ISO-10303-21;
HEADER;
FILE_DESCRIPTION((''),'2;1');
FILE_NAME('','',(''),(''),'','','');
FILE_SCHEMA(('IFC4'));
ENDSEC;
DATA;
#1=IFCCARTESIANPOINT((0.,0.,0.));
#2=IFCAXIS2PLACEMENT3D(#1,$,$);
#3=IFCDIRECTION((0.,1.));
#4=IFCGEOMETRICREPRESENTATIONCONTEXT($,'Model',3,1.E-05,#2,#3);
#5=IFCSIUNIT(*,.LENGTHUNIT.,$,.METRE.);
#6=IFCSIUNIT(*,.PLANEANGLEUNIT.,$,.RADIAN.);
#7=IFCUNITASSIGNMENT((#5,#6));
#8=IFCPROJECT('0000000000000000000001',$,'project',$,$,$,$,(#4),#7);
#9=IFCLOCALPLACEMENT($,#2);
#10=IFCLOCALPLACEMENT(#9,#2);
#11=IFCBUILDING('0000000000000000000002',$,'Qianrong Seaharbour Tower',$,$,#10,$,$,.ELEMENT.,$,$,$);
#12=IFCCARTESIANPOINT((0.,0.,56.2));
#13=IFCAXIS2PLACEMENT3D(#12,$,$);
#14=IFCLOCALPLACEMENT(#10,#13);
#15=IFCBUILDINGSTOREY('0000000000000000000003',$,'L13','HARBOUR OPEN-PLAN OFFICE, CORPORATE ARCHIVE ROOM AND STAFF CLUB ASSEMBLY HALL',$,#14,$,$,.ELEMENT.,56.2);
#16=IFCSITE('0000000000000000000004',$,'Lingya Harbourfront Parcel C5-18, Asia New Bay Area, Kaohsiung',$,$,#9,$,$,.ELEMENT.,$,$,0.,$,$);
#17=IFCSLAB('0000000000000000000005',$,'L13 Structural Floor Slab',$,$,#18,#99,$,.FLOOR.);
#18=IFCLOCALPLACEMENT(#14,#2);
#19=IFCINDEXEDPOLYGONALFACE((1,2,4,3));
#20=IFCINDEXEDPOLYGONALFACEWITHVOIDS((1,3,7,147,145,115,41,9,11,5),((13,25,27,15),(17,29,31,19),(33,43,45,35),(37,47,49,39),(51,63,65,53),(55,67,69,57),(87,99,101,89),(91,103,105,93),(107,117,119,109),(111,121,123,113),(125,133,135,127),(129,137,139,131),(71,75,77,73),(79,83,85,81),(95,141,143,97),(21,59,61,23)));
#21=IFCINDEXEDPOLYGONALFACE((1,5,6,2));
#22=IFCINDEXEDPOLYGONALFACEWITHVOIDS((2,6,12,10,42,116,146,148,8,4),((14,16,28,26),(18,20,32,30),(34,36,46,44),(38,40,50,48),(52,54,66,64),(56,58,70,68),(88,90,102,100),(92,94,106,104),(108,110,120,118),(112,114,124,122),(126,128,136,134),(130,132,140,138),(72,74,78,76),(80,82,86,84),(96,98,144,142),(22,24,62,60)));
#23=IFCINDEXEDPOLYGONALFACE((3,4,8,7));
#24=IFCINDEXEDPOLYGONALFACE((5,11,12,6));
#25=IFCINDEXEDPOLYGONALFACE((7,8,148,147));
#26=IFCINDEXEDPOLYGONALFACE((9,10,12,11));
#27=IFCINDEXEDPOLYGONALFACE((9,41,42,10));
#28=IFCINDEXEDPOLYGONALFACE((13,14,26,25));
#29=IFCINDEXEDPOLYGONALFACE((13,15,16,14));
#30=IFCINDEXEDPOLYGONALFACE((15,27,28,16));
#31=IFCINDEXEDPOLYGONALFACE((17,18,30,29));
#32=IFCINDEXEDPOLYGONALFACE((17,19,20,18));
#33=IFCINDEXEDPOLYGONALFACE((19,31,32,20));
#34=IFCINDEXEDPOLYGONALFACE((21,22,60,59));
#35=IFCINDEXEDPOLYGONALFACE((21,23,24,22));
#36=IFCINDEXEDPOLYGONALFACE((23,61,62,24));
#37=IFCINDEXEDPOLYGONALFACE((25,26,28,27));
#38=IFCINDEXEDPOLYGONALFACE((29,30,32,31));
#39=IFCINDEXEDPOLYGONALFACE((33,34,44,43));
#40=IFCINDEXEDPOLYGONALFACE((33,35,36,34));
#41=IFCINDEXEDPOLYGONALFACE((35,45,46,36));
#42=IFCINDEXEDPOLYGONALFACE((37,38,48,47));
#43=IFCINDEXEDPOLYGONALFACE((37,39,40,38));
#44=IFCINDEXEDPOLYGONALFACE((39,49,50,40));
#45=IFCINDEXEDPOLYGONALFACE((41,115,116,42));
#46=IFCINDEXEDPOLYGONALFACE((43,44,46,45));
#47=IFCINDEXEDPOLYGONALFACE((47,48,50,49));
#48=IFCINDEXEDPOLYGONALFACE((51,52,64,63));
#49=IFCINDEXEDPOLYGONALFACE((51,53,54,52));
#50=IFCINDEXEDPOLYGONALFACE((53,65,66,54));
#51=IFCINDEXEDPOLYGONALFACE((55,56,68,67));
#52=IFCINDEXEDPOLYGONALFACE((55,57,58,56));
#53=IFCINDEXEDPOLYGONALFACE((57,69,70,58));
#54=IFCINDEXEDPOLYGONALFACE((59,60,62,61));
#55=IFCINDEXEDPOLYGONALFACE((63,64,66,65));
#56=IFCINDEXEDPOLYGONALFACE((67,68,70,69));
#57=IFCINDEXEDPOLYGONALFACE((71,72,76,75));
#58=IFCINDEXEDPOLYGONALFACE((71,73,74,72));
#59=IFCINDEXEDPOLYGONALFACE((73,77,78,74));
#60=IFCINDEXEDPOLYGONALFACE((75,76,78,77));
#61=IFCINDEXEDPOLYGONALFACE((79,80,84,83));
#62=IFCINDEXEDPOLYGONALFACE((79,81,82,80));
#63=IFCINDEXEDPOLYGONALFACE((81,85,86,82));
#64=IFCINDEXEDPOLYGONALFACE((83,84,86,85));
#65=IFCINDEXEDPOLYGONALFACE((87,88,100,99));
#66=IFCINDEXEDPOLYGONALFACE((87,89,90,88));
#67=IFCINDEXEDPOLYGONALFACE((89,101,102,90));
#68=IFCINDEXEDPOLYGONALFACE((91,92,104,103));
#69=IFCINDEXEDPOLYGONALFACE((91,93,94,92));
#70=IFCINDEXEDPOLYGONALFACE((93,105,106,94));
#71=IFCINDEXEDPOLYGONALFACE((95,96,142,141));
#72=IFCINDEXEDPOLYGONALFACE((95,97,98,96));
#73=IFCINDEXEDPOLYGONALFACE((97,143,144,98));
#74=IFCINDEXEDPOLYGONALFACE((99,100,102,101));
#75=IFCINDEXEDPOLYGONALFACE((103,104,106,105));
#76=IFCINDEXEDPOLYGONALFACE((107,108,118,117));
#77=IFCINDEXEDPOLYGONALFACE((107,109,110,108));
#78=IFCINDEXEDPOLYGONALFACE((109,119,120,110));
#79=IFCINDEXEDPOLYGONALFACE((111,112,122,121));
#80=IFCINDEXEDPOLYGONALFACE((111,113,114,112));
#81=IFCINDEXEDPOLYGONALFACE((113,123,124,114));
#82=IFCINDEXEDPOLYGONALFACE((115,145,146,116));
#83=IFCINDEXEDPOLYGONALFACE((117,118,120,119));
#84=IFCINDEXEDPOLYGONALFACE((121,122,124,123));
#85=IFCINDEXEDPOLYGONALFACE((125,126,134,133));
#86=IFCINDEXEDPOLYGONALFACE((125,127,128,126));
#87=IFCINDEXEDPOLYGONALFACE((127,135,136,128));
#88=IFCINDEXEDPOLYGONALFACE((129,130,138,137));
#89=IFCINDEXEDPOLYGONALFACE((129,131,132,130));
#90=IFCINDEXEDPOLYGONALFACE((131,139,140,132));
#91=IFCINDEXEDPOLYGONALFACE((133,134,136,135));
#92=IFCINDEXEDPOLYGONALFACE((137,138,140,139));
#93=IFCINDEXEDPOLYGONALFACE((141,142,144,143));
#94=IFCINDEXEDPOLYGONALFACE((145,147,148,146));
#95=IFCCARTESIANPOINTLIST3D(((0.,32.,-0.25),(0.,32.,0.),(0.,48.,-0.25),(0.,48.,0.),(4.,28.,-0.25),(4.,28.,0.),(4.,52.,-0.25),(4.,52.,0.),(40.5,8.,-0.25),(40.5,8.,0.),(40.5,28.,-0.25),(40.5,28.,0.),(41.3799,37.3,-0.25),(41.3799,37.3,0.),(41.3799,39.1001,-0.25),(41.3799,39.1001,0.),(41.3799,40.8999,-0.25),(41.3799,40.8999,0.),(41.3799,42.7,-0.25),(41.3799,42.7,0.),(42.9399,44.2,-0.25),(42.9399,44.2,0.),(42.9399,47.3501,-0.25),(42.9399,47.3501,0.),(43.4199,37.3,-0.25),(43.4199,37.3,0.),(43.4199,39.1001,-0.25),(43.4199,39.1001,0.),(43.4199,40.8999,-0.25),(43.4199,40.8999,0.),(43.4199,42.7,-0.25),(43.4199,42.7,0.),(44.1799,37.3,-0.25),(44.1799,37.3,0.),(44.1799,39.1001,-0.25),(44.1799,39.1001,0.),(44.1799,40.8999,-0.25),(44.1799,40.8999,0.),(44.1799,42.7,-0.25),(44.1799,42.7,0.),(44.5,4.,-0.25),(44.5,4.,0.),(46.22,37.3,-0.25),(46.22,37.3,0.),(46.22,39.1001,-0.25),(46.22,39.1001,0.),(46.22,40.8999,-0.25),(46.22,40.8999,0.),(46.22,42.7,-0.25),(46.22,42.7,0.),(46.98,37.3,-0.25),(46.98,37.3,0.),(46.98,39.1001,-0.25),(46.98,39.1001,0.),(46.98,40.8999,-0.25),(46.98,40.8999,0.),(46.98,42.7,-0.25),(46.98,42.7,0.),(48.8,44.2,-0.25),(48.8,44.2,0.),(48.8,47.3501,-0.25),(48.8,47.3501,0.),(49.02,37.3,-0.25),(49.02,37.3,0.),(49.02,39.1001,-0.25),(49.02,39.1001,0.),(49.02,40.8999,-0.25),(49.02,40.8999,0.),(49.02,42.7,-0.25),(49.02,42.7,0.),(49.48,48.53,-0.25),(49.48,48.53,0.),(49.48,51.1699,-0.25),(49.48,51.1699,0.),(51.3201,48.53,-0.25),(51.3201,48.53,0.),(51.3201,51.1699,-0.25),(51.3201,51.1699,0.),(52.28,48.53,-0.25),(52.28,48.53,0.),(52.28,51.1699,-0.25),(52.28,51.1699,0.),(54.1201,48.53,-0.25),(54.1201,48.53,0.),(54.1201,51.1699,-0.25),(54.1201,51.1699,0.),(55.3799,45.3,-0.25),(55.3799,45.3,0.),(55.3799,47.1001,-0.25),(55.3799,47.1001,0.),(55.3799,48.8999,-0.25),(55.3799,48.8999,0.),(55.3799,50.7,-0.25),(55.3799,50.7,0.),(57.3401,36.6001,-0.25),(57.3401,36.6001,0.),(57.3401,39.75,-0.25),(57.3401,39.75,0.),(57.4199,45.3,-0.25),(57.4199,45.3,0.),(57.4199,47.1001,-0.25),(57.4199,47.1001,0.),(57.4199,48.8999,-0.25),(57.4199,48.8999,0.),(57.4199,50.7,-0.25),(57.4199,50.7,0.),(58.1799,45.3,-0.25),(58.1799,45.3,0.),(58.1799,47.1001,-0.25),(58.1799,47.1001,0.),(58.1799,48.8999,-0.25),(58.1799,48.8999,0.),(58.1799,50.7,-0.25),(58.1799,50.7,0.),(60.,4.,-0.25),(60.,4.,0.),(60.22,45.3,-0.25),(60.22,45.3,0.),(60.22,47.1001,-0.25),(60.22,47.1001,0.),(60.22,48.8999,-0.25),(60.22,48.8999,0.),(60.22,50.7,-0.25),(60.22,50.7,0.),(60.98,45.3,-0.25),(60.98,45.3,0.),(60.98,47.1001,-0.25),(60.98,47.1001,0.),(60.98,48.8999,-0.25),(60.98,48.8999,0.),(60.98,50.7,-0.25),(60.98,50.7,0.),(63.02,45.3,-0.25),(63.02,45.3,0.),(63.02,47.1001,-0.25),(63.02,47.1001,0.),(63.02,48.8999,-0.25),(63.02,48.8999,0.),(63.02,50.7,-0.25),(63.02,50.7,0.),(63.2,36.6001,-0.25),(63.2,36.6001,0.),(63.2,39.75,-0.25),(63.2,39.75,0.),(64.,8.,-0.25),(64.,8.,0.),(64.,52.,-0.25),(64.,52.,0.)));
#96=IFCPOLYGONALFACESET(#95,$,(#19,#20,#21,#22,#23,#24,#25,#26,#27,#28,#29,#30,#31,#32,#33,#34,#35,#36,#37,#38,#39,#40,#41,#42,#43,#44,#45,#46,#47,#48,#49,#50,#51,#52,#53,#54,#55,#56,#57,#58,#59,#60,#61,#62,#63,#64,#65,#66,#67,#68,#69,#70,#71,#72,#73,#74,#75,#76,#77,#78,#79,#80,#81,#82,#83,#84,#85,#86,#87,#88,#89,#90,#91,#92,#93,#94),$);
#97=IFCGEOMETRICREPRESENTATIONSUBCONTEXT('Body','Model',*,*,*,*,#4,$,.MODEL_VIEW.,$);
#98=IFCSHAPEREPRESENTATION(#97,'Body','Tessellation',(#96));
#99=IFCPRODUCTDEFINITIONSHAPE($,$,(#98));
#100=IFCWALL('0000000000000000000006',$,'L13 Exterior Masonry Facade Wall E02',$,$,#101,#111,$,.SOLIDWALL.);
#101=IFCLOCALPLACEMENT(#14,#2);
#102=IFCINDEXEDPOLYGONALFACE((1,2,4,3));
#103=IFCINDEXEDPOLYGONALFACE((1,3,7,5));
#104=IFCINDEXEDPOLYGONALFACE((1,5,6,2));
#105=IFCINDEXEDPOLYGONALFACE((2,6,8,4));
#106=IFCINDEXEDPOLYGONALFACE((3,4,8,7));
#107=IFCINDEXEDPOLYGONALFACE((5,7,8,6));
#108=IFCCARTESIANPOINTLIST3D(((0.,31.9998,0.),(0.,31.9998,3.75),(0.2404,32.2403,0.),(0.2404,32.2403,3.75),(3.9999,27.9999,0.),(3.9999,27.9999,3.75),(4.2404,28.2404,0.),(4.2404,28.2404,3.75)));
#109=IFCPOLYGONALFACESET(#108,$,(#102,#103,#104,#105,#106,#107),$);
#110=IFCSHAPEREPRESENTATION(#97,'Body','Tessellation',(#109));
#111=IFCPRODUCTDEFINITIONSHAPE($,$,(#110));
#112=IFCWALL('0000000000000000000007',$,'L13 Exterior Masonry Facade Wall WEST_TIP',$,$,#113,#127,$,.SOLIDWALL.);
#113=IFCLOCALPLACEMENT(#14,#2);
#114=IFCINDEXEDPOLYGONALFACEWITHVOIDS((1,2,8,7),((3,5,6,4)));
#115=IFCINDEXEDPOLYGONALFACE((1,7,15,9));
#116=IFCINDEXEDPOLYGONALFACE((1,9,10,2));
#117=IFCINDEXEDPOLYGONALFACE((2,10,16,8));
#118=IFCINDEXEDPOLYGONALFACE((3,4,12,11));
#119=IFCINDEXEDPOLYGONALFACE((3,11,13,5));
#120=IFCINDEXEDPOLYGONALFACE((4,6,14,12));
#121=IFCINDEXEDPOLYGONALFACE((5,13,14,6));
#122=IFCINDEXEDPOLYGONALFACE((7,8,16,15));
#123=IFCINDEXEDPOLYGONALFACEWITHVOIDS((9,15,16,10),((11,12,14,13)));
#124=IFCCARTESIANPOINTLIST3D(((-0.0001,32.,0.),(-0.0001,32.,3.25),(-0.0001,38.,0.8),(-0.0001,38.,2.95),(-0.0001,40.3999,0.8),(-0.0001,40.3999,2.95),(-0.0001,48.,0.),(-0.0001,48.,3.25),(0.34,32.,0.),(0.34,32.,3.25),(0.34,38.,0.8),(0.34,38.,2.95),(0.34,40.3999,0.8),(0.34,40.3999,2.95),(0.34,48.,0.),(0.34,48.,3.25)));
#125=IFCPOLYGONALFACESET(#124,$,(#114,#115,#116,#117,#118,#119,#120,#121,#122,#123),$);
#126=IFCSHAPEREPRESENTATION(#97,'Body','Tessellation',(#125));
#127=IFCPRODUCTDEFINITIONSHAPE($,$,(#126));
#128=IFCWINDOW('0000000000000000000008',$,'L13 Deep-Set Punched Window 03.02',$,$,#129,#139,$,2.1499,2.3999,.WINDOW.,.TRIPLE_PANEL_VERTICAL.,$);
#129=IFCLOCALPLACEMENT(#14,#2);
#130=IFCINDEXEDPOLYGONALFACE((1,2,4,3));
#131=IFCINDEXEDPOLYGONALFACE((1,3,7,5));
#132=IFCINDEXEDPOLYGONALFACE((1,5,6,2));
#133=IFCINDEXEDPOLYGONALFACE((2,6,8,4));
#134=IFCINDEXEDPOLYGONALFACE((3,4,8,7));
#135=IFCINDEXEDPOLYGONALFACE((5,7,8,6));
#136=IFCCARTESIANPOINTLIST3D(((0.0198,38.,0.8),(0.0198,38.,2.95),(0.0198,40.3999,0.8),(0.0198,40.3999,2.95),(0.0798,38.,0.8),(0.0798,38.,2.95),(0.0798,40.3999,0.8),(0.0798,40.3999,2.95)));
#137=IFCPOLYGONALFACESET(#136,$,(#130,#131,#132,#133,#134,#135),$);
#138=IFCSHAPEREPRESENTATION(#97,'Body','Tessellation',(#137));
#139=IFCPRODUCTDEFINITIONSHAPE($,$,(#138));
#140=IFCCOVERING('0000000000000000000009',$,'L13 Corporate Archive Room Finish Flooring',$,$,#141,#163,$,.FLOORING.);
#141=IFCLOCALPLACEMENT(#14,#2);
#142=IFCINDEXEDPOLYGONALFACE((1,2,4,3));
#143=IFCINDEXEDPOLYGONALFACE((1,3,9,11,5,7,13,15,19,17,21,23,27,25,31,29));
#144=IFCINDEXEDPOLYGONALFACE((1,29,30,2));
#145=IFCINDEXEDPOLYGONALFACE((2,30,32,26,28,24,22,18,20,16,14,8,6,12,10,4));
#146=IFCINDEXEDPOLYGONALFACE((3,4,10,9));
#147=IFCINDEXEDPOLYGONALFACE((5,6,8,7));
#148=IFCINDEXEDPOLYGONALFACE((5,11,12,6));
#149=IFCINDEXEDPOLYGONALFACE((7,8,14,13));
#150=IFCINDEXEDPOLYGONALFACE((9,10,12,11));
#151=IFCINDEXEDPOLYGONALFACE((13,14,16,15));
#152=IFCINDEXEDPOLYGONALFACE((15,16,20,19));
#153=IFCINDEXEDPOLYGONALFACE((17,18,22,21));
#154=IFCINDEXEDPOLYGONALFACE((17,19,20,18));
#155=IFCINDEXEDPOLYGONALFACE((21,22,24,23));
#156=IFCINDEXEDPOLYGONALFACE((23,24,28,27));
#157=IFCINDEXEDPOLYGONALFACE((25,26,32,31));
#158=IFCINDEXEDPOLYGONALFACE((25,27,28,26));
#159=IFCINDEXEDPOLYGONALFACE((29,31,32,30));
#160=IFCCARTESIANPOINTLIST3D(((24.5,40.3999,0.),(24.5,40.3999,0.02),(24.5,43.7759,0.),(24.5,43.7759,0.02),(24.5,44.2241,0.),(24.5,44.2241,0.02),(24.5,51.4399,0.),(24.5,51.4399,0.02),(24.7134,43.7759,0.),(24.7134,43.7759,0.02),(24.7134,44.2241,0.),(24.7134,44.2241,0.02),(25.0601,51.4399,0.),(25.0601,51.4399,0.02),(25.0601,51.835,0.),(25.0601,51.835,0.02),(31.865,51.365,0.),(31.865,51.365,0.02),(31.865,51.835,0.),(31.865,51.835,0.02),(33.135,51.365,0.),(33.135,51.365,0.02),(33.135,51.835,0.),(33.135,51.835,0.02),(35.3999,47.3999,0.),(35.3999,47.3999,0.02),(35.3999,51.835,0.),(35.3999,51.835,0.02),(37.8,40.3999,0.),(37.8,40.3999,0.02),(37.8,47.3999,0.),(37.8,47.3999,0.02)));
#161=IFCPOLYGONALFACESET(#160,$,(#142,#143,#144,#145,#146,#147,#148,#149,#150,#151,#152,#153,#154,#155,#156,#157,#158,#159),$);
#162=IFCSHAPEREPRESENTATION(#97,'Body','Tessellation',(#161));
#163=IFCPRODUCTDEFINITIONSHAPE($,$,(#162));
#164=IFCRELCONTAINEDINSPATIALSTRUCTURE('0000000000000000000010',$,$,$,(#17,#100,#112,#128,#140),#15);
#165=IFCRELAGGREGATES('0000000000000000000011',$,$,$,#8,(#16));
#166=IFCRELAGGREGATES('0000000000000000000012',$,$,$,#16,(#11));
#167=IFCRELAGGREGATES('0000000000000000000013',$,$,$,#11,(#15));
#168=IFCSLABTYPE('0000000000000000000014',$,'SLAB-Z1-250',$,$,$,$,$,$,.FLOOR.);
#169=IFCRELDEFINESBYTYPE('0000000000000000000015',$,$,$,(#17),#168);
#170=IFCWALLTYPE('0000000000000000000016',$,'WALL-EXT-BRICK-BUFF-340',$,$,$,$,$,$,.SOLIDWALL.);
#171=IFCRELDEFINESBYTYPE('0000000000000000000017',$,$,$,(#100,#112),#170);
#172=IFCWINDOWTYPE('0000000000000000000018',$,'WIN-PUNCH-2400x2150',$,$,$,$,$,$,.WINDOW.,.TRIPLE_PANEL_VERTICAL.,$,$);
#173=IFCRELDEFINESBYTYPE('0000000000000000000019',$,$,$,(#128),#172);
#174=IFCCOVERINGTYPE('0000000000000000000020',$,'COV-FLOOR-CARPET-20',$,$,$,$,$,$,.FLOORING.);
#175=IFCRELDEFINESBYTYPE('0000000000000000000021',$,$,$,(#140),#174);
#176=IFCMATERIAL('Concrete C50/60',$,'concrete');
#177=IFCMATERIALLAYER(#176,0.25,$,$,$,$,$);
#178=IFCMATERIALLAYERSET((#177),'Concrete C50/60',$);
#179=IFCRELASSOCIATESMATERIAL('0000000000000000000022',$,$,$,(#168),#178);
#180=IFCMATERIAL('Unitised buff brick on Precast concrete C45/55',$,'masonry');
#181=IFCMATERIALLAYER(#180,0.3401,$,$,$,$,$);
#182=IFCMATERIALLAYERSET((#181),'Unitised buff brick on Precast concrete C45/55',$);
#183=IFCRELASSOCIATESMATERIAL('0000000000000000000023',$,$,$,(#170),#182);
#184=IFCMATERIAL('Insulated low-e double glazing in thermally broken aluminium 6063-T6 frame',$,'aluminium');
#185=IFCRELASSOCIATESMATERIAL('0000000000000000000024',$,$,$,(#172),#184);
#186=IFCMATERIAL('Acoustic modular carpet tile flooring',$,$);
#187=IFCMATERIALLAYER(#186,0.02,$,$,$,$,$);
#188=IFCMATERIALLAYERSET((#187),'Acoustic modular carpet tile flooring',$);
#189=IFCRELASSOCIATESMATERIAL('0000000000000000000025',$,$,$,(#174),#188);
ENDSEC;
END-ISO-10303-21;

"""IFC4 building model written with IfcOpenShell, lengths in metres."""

from ifc_helpers import new_model, si_unit, direction, frame, frame_2d, origin, place, context, subcontext, project, spatial, polyline, rectangle, outline, extrude, material, layer, layer_set, type_object, element, fill, save


model = new_model("IFC4")

# Units and contexts
model_context = context("Model", 3, precision=1e-05, world=origin(), true_north=direction((0.0, 1.0)))
body_context = subcontext(model_context, "Body", "Model", "MODEL_VIEW")
ifc_project = project(units=[si_unit("LENGTHUNIT", "METRE"), si_unit("PLANEANGLEUNIT", "RADIAN")], contexts=[model_context])

# Site, building, storey
site_placement = place(None, origin())
site = spatial("IfcSite", under=ifc_project, at=site_placement, Name="Lingya Harbourfront Parcel C5-18, Asia New Bay Area, Kaohsiung", CompositionType="ELEMENT", RefElevation=0.0)
building_placement = place(site_placement, origin())
building = spatial("IfcBuilding", under=site, at=building_placement, Name="Qianrong Seaharbour Tower", CompositionType="ELEMENT")
storey_placement = place(building_placement, frame((0.0, 0.0, 56.2)))
storey = spatial("IfcBuildingStorey", under=building, at=storey_placement, Name="L13", Description="HARBOUR OPEN-PLAN OFFICE, CORPORATE ARCHIVE ROOM AND STAFF CLUB ASSEMBLY HALL", CompositionType="ELEMENT", Elevation=56.2)

# Shared definitions
ifc_material_1 = material(Name="Concrete C50/60", Category="concrete")

# Slab
ifc_layer_1 = layer(ifc_material_1, 0.25)
ifc_layer_set_1 = layer_set([ifc_layer_1], Name="Concrete C50/60")
slab_type_1 = type_object("IfcSlabType", Name="SLAB-Z1-250", PredefinedType="FLOOR", material=ifc_layer_set_1)
slab_1_placement = place(storey_placement, frame((0.0, 0.0, -0.25)))
element("IfcSlab", 1, at=slab_1_placement, inside=storey, type_object=slab_type_1, Name="L13 Structural Floor Slab", PredefinedType="FLOOR", context=body_context, shape_type="SweptSolid", body=[
    extrude(outline(polyline([(44.5, 4.0), (60.0, 4.0), (64.0, 8.0), (64.0, 52.0), (4.0, 52.0), (0.0, 48.0), (0.0, 32.0), (4.0, 28.0), (40.5, 28.0), (40.5, 8.0), (44.5, 4.0)]), holes=[polyline([(42.9399, 44.2), (42.9399, 47.3501), (48.8, 47.3501), (48.8, 44.2), (42.9399, 44.2)]), polyline([(57.3401, 36.6001), (57.3401, 39.75), (63.2, 39.75), (63.2, 36.6001), (57.3401, 36.6001)]), polyline([(49.48, 48.53), (49.48, 51.1699), (51.3201, 51.1699), (51.3201, 48.53), (49.48, 48.53)]), polyline([(52.28, 48.53), (52.28, 51.1699), (54.1201, 51.1699), (54.1201, 48.53), (52.28, 48.53)]), polyline([(41.3799, 37.3), (41.3799, 39.1001), (43.4199, 39.1001), (43.4199, 37.3), (41.3799, 37.3)]), polyline([(44.1799, 37.3), (44.1799, 39.1001), (46.22, 39.1001), (46.22, 37.3), (44.1799, 37.3)]), polyline([(46.98, 37.3), (46.98, 39.1001), (49.02, 39.1001), (49.02, 37.3), (46.98, 37.3)]), polyline([(41.3799, 40.8999), (41.3799, 42.7), (43.4199, 42.7), (43.4199, 40.8999), (41.3799, 40.8999)]), polyline([(44.1799, 40.8999), (44.1799, 42.7), (46.22, 42.7), (46.22, 40.8999), (44.1799, 40.8999)]), polyline([(46.98, 40.8999), (46.98, 42.7), (49.02, 42.7), (49.02, 40.8999), (46.98, 40.8999)]), polyline([(55.3799, 45.3), (55.3799, 47.1001), (57.4199, 47.1001), (57.4199, 45.3), (55.3799, 45.3)]), polyline([(58.1799, 45.3), (58.1799, 47.1001), (60.22, 47.1001), (60.22, 45.3), (58.1799, 45.3)]), polyline([(60.98, 45.3), (60.98, 47.1001), (63.02, 47.1001), (63.02, 45.3), (60.98, 45.3)]), polyline([(55.3799, 48.8999), (55.3799, 50.7), (57.4199, 50.7), (57.4199, 48.8999), (55.3799, 48.8999)]), polyline([(58.1799, 48.8999), (58.1799, 50.7), (60.22, 50.7), (60.22, 48.8999), (58.1799, 48.8999)]), polyline([(60.98, 48.8999), (60.98, 50.7), (63.02, 50.7), (63.02, 48.8999), (60.98, 48.8999)])]), origin(), (0.0, 0.0, 1.0), 0.25),
])

# Wall
ifc_material_2 = material(Name="Unitised buff brick on Precast concrete C45/55", Category="masonry")
ifc_layer_2 = layer(ifc_material_2, 0.3401)
ifc_layer_set_2 = layer_set([ifc_layer_2], Name="Unitised buff brick on Precast concrete C45/55")
wall_type = type_object("IfcWallType", Name="WALL-EXT-BRICK-BUFF-340", PredefinedType="SOLIDWALL", material=ifc_layer_set_2)
wall_1_placement = place(storey_placement, frame((4.1201, 28.1201, 0.0), z_axis=(0.0, 0.0, 1.0), x_axis=(-0.707107, 0.707107, 0.0)))
element("IfcWall", 2, at=wall_1_placement, inside=storey, type_object=wall_type, Name="L13 Exterior Masonry Facade Wall E02", PredefinedType="SOLIDWALL", context=body_context, shape_type="SweptSolid", body=[
    extrude(rectangle(XDim=5.6567, YDim=0.3401, at=frame_2d((2.8284, 0.0))), origin(), (0.0, 0.0, 1.0), 3.75),
])

# Wall, opening, window
wall_2_placement = place(storey_placement, frame((0.1699, 32.0, 0.0), z_axis=(0.0, 0.0, 1.0), x_axis=(0.0, 1.0, 0.0)))
wall_2 = element("IfcWall", 3, at=wall_2_placement, inside=storey, type_object=wall_type, Name="L13 Exterior Masonry Facade Wall WEST_TIP", PredefinedType="SOLIDWALL", context=body_context, shape_type="SweptSolid", body=[
    extrude(rectangle(XDim=16.0, YDim=0.3401, at=frame_2d((8.0, 0.0))), origin(), (0.0, 0.0, 1.0), 3.25),
])
opening_placement = place(wall_2_placement, frame((6.0, 0.0, 0.8)))
opening = element("IfcOpeningElement", 4, at=opening_placement, cuts=wall_2, PredefinedType="OPENING", context=body_context, shape_type="SweptSolid", body=[
    extrude(rectangle(XDim=2.3999, YDim=2.1499, at=frame_2d((1.2, 1.075))), frame((0.0, 0.1802, 0.0), z_axis=(0.0, -1.0, 0.0), x_axis=(1.0, 0.0, 0.0)), (0.0, 0.0, 1.0), 0.3601),
])
ifc_material_3 = material(Name="Insulated low-e double glazing in thermally broken aluminium 6063-T6 frame", Category="aluminium")
window_type = type_object("IfcWindowType", Name="WIN-PUNCH-2400x2150", PartitioningType="TRIPLE_PANEL_VERTICAL", PredefinedType="WINDOW", material=ifc_material_3)
window_placement = place(opening_placement, origin())
window = element("IfcWindow", 5, at=window_placement, inside=storey, type_object=window_type, Name="L13 Deep-Set Punched Window 03.02", OverallHeight=2.1499, OverallWidth=2.3999, PartitioningType="TRIPLE_PANEL_VERTICAL", PredefinedType="WINDOW", context=body_context, shape_type="SweptSolid", body=[
    extrude(rectangle(XDim=2.3999, YDim=2.1499, at=frame_2d((1.2, 1.075))), frame((0.0, 0.1501, 0.0), z_axis=(0.0, -1.0, 0.0), x_axis=(1.0, 0.0, 0.0)), (0.0, 0.0, 1.0), 0.0601),
])
fill(opening, window)

# Covering
ifc_material_4 = material(Name="Acoustic modular carpet tile flooring")
ifc_layer_3 = layer(ifc_material_4, 0.02)
ifc_layer_set_3 = layer_set([ifc_layer_3], Name="Acoustic modular carpet tile flooring")
covering_type_1 = type_object("IfcCoveringType", Name="COV-FLOOR-CARPET-20", PredefinedType="FLOORING", material=ifc_layer_set_3)
covering_1_placement = place(storey_placement, origin())
element("IfcCovering", 6, at=covering_1_placement, inside=storey, type_object=covering_type_1, Name="L13 Corporate Archive Room Finish Flooring", PredefinedType="FLOORING", context=body_context, shape_type="SweptSolid", body=[
    extrude(outline(polyline([(24.5, 43.7759), (24.7134, 43.7759), (24.7134, 44.2241), (24.5, 44.2241), (24.5, 51.4399), (25.0601, 51.4399), (25.0601, 51.835), (31.865, 51.835), (31.865, 51.365), (33.135, 51.365), (33.135, 51.835), (35.3999, 51.835), (35.3999, 47.3999), (37.8, 47.3999), (37.8, 40.3999), (24.5, 40.3999), (24.5, 43.7759)])), origin(), (0.0, 0.0, 1.0), 0.02),
])

save(model, "model.ifc")
